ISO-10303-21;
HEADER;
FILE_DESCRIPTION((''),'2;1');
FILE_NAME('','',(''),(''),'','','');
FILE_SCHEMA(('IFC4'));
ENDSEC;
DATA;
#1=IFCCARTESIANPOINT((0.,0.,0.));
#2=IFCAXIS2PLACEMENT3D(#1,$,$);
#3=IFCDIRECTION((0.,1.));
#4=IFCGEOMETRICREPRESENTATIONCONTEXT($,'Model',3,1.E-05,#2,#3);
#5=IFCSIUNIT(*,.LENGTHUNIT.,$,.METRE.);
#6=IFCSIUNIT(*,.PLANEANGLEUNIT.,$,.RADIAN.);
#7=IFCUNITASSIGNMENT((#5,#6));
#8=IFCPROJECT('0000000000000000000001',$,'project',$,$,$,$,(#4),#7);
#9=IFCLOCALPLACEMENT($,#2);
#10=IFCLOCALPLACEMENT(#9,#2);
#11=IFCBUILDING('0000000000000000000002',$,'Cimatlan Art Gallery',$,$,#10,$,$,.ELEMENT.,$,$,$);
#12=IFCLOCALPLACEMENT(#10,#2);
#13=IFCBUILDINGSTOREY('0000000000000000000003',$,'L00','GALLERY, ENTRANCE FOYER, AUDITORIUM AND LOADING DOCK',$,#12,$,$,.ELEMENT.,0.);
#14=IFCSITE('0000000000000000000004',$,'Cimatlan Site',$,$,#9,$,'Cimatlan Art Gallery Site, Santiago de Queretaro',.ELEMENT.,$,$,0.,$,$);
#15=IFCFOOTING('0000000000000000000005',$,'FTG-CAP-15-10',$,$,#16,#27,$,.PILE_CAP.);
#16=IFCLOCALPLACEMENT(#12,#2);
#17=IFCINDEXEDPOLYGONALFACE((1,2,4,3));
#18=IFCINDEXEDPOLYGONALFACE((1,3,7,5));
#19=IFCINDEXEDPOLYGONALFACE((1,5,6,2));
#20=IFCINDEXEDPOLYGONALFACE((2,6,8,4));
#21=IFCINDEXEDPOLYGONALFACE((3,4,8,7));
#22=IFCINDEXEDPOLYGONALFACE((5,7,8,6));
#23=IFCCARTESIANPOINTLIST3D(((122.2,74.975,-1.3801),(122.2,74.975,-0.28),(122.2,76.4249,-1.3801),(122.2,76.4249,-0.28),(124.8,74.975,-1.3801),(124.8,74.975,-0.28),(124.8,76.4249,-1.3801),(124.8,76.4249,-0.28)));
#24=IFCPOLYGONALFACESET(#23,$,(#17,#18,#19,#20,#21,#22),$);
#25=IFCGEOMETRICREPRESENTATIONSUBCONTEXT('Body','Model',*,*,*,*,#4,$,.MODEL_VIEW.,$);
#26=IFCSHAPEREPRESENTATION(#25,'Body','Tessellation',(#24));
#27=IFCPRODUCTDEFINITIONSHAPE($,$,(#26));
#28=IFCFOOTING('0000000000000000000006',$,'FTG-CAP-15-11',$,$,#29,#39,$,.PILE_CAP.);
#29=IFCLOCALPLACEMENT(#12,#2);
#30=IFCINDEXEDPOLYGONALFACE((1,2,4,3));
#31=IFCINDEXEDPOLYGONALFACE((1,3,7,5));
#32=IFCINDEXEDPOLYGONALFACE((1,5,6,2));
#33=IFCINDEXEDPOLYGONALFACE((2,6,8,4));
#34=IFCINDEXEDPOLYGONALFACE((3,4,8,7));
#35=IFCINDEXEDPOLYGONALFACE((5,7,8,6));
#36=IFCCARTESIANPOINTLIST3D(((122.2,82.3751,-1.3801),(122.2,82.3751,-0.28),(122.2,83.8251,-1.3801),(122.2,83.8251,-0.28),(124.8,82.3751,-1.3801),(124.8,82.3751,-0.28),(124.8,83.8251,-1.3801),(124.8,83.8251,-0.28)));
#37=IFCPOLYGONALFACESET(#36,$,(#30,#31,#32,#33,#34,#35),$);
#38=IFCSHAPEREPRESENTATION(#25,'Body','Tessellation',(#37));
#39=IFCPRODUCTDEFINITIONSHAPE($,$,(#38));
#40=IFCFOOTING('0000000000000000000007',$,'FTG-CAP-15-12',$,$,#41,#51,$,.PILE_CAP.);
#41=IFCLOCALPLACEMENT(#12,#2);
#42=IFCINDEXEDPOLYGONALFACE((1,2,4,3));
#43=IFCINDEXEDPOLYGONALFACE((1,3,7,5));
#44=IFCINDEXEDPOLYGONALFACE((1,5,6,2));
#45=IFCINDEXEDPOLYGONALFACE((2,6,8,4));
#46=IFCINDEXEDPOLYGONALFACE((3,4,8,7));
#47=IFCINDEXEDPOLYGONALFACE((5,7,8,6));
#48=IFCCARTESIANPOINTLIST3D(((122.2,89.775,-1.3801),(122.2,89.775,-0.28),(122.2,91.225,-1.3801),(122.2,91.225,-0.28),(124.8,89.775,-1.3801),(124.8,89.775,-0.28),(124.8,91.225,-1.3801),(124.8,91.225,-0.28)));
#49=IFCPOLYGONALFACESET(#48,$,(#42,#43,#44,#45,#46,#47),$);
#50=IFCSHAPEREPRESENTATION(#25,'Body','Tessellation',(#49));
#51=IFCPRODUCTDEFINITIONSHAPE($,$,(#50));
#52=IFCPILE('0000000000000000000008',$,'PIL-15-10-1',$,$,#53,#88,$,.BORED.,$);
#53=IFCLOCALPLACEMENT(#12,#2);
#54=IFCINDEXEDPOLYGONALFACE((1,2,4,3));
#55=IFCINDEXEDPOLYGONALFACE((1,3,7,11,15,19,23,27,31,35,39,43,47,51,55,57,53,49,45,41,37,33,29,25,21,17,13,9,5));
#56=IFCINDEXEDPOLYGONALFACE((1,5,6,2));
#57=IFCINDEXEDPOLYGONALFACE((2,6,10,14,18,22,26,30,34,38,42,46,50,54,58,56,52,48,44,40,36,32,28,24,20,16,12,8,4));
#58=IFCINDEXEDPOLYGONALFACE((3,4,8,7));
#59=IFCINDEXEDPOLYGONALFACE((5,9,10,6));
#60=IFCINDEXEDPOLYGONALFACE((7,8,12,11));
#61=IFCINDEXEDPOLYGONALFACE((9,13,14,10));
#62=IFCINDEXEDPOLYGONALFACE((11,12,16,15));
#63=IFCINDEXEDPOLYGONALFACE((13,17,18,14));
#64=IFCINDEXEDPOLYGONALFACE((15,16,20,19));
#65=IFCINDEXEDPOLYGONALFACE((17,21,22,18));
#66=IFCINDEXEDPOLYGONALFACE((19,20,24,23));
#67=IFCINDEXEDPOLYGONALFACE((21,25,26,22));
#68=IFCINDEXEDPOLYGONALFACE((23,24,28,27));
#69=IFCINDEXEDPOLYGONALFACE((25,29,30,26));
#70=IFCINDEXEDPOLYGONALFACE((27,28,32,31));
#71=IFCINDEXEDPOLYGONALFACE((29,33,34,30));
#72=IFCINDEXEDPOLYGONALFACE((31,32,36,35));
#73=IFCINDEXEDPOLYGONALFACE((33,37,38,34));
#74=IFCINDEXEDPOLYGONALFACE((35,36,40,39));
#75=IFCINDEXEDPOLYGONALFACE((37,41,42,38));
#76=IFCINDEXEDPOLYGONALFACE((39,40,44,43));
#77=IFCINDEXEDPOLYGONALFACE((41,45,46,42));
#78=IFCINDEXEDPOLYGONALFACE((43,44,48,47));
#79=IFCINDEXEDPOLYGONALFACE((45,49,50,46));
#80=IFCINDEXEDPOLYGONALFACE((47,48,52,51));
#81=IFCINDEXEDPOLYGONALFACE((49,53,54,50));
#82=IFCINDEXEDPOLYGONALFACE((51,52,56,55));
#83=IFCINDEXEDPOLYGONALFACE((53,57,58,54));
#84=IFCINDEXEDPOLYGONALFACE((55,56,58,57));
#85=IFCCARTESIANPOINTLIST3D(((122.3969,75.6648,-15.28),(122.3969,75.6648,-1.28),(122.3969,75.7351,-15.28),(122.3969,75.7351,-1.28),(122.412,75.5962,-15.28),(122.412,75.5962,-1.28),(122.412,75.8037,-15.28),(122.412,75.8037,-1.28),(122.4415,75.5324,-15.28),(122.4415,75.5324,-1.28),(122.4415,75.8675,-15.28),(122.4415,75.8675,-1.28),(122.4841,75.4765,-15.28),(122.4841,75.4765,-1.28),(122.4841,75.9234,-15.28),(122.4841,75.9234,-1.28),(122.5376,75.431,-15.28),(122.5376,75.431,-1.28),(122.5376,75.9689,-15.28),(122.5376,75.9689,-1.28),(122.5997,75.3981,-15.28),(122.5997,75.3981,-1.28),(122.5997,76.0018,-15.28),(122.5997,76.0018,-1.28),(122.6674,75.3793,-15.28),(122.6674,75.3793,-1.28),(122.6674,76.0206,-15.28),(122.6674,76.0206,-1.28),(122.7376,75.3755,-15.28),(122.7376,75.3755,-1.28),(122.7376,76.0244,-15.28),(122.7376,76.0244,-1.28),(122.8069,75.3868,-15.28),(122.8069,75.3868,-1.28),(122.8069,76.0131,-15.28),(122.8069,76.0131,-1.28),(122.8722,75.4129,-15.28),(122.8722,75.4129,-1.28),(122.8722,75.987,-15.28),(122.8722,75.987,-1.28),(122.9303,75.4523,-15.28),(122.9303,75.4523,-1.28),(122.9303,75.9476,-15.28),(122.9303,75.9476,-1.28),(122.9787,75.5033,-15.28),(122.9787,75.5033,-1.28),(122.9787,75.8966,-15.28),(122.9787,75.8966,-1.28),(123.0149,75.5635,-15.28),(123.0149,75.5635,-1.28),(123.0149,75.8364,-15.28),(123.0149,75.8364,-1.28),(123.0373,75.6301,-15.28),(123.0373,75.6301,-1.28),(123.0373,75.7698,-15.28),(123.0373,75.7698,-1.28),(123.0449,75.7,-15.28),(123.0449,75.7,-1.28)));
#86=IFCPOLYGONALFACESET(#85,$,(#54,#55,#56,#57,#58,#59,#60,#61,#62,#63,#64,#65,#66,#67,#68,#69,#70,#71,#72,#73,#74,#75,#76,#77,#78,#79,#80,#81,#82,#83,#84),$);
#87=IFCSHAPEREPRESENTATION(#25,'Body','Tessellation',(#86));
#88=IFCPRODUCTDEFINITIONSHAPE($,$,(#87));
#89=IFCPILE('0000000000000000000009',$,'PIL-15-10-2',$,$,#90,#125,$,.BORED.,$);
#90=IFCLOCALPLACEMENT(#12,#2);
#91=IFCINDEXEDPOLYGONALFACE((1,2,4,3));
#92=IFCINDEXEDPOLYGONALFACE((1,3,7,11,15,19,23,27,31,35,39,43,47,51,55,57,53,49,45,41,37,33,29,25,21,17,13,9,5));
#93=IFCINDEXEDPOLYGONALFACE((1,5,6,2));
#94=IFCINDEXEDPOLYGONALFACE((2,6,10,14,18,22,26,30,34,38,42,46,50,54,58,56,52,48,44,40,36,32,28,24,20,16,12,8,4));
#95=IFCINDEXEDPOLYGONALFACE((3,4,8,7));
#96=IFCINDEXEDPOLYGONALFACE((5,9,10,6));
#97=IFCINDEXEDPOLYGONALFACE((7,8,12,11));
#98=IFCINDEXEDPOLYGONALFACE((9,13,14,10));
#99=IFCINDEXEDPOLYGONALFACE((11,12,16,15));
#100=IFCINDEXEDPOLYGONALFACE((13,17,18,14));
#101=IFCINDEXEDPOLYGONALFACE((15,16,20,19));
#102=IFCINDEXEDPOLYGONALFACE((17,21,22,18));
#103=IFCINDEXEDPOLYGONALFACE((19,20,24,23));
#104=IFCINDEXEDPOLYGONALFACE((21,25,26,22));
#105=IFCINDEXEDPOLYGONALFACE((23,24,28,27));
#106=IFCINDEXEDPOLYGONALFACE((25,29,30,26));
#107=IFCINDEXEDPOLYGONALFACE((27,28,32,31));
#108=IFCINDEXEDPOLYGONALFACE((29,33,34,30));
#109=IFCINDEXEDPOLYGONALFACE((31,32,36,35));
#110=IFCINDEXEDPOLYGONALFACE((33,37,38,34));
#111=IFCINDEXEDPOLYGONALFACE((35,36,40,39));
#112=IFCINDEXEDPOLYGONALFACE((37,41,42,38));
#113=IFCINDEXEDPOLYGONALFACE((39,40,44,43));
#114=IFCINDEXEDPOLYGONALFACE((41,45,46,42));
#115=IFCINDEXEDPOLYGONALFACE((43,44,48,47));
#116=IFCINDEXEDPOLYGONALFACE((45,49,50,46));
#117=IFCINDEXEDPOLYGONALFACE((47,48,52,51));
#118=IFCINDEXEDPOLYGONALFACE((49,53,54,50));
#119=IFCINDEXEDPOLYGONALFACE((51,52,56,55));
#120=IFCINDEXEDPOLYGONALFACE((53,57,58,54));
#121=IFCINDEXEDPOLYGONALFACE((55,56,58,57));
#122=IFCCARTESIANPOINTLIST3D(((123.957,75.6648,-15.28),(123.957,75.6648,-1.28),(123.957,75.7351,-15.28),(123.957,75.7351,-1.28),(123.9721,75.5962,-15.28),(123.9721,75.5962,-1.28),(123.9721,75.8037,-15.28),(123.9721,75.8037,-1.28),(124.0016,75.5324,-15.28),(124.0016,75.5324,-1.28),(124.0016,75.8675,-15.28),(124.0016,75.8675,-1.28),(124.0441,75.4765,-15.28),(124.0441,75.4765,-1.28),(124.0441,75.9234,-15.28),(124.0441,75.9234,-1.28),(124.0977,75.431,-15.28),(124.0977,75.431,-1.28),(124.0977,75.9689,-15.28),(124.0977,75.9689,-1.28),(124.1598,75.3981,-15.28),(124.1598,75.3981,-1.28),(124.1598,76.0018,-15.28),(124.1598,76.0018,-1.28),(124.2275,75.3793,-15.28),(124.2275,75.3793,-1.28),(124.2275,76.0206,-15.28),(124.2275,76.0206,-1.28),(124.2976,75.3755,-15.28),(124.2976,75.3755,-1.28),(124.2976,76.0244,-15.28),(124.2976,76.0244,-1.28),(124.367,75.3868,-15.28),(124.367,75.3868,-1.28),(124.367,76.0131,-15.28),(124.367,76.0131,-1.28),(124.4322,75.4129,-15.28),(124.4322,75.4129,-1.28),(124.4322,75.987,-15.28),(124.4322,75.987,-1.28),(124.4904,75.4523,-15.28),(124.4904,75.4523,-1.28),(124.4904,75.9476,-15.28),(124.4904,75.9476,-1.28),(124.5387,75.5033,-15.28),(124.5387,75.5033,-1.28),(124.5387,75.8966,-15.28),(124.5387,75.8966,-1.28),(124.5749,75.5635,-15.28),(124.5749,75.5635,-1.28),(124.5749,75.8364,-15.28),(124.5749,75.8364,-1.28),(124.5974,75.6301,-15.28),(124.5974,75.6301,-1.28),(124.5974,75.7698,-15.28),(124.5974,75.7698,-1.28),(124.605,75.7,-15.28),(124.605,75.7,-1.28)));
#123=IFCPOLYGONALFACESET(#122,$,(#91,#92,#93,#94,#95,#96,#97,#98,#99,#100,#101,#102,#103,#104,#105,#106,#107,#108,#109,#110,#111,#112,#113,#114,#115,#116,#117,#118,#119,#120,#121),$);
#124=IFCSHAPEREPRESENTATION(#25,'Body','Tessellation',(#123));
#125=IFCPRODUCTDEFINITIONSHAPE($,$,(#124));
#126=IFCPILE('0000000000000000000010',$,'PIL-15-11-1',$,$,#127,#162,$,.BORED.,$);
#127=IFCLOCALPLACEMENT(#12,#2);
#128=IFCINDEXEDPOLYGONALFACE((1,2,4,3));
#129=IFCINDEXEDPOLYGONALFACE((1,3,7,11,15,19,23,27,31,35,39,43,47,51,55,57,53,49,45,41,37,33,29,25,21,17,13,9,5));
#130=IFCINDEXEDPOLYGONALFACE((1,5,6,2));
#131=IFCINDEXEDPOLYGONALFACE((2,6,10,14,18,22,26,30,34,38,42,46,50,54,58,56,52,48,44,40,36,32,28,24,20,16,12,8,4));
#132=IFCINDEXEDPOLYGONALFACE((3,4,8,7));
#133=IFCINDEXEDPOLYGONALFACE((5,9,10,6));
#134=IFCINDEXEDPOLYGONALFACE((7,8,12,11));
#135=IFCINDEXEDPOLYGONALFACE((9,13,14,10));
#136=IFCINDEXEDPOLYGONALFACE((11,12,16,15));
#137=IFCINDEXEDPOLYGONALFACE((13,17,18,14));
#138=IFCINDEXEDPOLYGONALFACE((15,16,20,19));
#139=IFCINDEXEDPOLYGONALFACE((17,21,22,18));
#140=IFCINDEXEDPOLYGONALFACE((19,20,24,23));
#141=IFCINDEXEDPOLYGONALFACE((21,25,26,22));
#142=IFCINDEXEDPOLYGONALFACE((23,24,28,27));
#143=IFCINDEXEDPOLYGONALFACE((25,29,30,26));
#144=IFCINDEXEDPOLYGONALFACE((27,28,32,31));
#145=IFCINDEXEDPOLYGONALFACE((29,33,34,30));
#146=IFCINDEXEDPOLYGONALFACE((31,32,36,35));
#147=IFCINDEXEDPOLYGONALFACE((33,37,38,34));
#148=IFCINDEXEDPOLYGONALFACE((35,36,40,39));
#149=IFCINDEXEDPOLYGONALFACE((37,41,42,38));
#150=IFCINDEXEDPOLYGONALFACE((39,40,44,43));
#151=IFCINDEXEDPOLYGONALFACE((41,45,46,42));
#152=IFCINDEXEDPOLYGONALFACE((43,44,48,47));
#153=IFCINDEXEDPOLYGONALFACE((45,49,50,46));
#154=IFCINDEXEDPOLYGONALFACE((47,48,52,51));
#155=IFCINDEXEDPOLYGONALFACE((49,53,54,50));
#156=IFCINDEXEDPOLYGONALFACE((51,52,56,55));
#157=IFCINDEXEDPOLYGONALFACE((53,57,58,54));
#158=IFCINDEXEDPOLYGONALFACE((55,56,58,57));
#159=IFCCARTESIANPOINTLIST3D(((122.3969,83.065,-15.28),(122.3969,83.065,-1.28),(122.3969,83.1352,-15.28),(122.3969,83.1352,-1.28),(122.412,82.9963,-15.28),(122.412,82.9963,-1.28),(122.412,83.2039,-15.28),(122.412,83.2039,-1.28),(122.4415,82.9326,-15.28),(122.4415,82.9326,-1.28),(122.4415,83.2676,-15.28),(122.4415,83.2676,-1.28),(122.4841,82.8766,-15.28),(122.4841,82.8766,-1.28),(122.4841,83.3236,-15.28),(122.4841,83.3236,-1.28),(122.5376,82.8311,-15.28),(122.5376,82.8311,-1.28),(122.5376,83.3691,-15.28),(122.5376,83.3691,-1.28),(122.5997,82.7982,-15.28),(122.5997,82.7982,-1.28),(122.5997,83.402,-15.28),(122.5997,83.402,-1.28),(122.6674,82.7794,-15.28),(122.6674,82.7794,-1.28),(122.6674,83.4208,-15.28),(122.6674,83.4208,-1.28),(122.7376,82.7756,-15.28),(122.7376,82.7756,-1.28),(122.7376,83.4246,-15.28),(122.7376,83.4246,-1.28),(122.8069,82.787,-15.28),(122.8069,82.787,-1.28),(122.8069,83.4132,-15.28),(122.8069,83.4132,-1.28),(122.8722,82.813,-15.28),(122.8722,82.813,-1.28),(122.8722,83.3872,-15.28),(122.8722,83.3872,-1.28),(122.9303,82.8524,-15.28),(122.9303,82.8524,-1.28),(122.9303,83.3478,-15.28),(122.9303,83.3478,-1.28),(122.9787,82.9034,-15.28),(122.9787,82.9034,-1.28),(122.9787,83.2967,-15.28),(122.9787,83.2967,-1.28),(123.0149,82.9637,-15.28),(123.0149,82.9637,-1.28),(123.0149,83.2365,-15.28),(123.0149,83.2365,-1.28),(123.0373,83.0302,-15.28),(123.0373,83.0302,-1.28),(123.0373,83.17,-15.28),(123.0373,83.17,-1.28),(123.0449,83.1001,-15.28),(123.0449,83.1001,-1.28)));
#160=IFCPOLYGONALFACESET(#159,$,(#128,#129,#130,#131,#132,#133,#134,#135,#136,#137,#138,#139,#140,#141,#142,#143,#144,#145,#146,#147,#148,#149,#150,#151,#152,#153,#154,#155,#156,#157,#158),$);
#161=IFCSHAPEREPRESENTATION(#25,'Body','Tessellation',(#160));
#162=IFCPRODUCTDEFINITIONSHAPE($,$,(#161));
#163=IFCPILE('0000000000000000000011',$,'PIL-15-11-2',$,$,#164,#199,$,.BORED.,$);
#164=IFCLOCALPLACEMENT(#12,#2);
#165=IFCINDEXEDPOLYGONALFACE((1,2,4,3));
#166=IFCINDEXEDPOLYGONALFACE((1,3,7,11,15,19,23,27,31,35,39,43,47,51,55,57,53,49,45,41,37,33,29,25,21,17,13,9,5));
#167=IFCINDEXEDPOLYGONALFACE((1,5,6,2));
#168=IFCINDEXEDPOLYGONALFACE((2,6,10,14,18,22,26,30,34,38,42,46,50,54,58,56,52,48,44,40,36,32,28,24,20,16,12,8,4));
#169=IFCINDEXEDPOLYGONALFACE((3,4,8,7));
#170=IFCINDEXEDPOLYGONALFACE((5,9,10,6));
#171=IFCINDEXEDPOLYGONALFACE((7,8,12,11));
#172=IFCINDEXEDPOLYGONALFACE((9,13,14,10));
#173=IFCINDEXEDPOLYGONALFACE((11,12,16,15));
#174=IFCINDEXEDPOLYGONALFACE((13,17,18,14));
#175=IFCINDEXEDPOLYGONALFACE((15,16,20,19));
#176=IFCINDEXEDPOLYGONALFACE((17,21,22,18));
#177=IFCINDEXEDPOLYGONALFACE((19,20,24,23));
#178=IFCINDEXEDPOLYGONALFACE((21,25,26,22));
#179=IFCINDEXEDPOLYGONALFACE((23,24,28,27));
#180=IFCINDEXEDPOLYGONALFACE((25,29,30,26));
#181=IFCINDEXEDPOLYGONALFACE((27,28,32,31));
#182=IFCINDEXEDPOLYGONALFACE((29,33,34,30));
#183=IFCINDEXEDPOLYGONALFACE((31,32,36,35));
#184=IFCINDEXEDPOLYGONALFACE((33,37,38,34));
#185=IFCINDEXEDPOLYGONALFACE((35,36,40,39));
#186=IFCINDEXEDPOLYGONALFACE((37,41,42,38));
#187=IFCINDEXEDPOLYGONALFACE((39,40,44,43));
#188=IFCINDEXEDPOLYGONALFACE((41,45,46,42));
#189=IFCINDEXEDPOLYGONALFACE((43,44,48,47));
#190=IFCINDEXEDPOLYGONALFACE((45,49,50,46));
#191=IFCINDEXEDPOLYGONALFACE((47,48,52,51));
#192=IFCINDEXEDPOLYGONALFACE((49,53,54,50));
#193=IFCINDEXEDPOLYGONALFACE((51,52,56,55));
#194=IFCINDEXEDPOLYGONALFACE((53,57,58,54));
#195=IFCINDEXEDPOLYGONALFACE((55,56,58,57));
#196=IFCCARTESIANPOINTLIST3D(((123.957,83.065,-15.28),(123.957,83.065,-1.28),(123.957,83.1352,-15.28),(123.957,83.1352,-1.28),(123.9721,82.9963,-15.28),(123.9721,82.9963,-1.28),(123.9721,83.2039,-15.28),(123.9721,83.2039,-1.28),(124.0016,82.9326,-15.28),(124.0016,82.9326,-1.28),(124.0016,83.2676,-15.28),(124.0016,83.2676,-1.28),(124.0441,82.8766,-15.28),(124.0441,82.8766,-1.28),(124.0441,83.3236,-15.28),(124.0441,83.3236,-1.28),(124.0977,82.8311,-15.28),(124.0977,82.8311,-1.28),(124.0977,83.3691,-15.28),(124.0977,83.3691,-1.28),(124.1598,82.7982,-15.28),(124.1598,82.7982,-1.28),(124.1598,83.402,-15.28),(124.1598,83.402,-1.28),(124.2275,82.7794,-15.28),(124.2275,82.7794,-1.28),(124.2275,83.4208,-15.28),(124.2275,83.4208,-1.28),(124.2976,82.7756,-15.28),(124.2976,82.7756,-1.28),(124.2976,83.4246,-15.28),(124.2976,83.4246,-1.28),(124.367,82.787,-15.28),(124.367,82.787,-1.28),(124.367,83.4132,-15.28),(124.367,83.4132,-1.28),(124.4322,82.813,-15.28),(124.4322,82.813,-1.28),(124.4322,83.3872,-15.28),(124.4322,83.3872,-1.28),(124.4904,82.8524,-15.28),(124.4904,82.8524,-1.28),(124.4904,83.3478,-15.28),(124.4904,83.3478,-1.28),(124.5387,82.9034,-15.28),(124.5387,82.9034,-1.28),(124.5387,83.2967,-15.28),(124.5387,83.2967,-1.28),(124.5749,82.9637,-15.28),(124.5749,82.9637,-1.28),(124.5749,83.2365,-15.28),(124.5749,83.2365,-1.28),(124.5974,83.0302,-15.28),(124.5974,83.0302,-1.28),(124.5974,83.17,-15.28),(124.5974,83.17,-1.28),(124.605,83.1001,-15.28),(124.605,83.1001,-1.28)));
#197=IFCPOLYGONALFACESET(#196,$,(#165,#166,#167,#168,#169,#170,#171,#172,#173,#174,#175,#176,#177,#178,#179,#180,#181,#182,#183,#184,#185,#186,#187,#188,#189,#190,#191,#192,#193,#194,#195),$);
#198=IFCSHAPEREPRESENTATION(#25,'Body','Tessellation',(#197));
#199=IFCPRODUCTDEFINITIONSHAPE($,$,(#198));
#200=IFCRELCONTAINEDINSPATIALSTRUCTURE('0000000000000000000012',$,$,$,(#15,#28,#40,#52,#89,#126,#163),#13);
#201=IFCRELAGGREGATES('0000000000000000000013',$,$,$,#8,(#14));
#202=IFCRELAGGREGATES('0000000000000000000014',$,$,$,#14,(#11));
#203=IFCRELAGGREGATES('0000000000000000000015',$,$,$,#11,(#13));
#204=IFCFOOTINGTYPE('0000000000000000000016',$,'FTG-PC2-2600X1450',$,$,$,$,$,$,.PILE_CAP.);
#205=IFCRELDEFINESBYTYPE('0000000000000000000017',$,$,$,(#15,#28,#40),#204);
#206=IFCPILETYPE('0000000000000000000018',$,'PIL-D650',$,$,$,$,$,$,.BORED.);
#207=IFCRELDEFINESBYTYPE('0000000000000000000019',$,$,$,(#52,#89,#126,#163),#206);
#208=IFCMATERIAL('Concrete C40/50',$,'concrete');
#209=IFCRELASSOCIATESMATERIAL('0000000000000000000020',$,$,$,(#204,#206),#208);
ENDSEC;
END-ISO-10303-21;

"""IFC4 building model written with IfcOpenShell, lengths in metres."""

from ifc_helpers import new_model, si_unit, direction, frame, origin, origin_2d, place, context, subcontext, project, spatial, rectangle, circle, extrude, material, type_object, element, save


model = new_model("IFC4")

# Units and contexts
model_context = context("Model", 3, precision=1e-05, world=origin(), true_north=direction((0.0, 1.0)))
body_context = subcontext(model_context, "Body", "Model", "MODEL_VIEW")
ifc_project = project(units=[si_unit("LENGTHUNIT", "METRE"), si_unit("PLANEANGLEUNIT", "RADIAN")], contexts=[model_context])

# Site, building, storey
site_placement = place(None, origin())
site = spatial("IfcSite", under=ifc_project, at=site_placement, Name="Cimatlan Site", LongName="Cimatlan Art Gallery Site, Santiago de Queretaro", CompositionType="ELEMENT", RefElevation=0.0)
building_placement = place(site_placement, origin())
building = spatial("IfcBuilding", under=site, at=building_placement, Name="Cimatlan Art Gallery", CompositionType="ELEMENT")
storey_placement = place(building_placement, origin())
storey = spatial("IfcBuildingStorey", under=building, at=storey_placement, Name="L00", Description="GALLERY, ENTRANCE FOYER, AUDITORIUM AND LOADING DOCK", CompositionType="ELEMENT", Elevation=0.0)

# Footings
ifc_material_1 = material(Name="Concrete C40/50", Category="concrete")
footing_type = type_object("IfcFootingType", Name="FTG-PC2-2600X1450", PredefinedType="PILE_CAP", material=ifc_material_1)
for number, where, z_axis, x_axis, name in (
    (1, (123.5, 75.7, -1.3801), (0.0, 0.0, 1.0), (1.0, 0.0, 0.0), "FTG-CAP-15-10"),
    (2, (123.5, 83.1001, -1.3801), (0.0, 0.0, 1.0), (1.0, 0.0, 0.0), "FTG-CAP-15-11"),
    (3, (123.5, 90.5, -1.3801), (0.0, 0.0, 1.0), (1.0, 0.0, 0.0), "FTG-CAP-15-12"),
):
    element("IfcFooting", number, at=place(storey_placement, frame(where, z_axis=z_axis, x_axis=x_axis)), inside=storey, type_object=footing_type, Name=name, PredefinedType="PILE_CAP", context=body_context, shape_type="SweptSolid", body=[
        extrude(rectangle(XDim=2.6001, YDim=1.45, at=origin_2d()), origin(), (0.0, 0.0, 1.0), 1.1001),
    ])

# Piles
pile_type = type_object("IfcPileType", Name="PIL-D650", PredefinedType="BORED", material=ifc_material_1)
for number, where, z_axis, x_axis, name in (
    (4, (122.72, 75.7, -1.28), (0.0, 0.0, -1.0), (1.0, 0.0, 0.0), "PIL-15-10-1"),
    (5, (124.28, 75.7, -1.28), (0.0, 0.0, -1.0), (1.0, 0.0, 0.0), "PIL-15-10-2"),
    (6, (122.72, 83.1001, -1.28), (0.0, 0.0, -1.0), (1.0, 0.0, 0.0), "PIL-15-11-1"),
    (7, (124.28, 83.1001, -1.28), (0.0, 0.0, -1.0), (1.0, 0.0, 0.0), "PIL-15-11-2"),
):
    element("IfcPile", number, at=place(storey_placement, frame(where, z_axis=z_axis, x_axis=x_axis)), inside=storey, type_object=pile_type, Name=name, PredefinedType="BORED", context=body_context, shape_type="SweptSolid", body=[
        extrude(circle(Radius=0.325, at=origin_2d()), origin(), (0.0, 0.0, 1.0), 14.0),
    ])

save(model, "model.ifc")
